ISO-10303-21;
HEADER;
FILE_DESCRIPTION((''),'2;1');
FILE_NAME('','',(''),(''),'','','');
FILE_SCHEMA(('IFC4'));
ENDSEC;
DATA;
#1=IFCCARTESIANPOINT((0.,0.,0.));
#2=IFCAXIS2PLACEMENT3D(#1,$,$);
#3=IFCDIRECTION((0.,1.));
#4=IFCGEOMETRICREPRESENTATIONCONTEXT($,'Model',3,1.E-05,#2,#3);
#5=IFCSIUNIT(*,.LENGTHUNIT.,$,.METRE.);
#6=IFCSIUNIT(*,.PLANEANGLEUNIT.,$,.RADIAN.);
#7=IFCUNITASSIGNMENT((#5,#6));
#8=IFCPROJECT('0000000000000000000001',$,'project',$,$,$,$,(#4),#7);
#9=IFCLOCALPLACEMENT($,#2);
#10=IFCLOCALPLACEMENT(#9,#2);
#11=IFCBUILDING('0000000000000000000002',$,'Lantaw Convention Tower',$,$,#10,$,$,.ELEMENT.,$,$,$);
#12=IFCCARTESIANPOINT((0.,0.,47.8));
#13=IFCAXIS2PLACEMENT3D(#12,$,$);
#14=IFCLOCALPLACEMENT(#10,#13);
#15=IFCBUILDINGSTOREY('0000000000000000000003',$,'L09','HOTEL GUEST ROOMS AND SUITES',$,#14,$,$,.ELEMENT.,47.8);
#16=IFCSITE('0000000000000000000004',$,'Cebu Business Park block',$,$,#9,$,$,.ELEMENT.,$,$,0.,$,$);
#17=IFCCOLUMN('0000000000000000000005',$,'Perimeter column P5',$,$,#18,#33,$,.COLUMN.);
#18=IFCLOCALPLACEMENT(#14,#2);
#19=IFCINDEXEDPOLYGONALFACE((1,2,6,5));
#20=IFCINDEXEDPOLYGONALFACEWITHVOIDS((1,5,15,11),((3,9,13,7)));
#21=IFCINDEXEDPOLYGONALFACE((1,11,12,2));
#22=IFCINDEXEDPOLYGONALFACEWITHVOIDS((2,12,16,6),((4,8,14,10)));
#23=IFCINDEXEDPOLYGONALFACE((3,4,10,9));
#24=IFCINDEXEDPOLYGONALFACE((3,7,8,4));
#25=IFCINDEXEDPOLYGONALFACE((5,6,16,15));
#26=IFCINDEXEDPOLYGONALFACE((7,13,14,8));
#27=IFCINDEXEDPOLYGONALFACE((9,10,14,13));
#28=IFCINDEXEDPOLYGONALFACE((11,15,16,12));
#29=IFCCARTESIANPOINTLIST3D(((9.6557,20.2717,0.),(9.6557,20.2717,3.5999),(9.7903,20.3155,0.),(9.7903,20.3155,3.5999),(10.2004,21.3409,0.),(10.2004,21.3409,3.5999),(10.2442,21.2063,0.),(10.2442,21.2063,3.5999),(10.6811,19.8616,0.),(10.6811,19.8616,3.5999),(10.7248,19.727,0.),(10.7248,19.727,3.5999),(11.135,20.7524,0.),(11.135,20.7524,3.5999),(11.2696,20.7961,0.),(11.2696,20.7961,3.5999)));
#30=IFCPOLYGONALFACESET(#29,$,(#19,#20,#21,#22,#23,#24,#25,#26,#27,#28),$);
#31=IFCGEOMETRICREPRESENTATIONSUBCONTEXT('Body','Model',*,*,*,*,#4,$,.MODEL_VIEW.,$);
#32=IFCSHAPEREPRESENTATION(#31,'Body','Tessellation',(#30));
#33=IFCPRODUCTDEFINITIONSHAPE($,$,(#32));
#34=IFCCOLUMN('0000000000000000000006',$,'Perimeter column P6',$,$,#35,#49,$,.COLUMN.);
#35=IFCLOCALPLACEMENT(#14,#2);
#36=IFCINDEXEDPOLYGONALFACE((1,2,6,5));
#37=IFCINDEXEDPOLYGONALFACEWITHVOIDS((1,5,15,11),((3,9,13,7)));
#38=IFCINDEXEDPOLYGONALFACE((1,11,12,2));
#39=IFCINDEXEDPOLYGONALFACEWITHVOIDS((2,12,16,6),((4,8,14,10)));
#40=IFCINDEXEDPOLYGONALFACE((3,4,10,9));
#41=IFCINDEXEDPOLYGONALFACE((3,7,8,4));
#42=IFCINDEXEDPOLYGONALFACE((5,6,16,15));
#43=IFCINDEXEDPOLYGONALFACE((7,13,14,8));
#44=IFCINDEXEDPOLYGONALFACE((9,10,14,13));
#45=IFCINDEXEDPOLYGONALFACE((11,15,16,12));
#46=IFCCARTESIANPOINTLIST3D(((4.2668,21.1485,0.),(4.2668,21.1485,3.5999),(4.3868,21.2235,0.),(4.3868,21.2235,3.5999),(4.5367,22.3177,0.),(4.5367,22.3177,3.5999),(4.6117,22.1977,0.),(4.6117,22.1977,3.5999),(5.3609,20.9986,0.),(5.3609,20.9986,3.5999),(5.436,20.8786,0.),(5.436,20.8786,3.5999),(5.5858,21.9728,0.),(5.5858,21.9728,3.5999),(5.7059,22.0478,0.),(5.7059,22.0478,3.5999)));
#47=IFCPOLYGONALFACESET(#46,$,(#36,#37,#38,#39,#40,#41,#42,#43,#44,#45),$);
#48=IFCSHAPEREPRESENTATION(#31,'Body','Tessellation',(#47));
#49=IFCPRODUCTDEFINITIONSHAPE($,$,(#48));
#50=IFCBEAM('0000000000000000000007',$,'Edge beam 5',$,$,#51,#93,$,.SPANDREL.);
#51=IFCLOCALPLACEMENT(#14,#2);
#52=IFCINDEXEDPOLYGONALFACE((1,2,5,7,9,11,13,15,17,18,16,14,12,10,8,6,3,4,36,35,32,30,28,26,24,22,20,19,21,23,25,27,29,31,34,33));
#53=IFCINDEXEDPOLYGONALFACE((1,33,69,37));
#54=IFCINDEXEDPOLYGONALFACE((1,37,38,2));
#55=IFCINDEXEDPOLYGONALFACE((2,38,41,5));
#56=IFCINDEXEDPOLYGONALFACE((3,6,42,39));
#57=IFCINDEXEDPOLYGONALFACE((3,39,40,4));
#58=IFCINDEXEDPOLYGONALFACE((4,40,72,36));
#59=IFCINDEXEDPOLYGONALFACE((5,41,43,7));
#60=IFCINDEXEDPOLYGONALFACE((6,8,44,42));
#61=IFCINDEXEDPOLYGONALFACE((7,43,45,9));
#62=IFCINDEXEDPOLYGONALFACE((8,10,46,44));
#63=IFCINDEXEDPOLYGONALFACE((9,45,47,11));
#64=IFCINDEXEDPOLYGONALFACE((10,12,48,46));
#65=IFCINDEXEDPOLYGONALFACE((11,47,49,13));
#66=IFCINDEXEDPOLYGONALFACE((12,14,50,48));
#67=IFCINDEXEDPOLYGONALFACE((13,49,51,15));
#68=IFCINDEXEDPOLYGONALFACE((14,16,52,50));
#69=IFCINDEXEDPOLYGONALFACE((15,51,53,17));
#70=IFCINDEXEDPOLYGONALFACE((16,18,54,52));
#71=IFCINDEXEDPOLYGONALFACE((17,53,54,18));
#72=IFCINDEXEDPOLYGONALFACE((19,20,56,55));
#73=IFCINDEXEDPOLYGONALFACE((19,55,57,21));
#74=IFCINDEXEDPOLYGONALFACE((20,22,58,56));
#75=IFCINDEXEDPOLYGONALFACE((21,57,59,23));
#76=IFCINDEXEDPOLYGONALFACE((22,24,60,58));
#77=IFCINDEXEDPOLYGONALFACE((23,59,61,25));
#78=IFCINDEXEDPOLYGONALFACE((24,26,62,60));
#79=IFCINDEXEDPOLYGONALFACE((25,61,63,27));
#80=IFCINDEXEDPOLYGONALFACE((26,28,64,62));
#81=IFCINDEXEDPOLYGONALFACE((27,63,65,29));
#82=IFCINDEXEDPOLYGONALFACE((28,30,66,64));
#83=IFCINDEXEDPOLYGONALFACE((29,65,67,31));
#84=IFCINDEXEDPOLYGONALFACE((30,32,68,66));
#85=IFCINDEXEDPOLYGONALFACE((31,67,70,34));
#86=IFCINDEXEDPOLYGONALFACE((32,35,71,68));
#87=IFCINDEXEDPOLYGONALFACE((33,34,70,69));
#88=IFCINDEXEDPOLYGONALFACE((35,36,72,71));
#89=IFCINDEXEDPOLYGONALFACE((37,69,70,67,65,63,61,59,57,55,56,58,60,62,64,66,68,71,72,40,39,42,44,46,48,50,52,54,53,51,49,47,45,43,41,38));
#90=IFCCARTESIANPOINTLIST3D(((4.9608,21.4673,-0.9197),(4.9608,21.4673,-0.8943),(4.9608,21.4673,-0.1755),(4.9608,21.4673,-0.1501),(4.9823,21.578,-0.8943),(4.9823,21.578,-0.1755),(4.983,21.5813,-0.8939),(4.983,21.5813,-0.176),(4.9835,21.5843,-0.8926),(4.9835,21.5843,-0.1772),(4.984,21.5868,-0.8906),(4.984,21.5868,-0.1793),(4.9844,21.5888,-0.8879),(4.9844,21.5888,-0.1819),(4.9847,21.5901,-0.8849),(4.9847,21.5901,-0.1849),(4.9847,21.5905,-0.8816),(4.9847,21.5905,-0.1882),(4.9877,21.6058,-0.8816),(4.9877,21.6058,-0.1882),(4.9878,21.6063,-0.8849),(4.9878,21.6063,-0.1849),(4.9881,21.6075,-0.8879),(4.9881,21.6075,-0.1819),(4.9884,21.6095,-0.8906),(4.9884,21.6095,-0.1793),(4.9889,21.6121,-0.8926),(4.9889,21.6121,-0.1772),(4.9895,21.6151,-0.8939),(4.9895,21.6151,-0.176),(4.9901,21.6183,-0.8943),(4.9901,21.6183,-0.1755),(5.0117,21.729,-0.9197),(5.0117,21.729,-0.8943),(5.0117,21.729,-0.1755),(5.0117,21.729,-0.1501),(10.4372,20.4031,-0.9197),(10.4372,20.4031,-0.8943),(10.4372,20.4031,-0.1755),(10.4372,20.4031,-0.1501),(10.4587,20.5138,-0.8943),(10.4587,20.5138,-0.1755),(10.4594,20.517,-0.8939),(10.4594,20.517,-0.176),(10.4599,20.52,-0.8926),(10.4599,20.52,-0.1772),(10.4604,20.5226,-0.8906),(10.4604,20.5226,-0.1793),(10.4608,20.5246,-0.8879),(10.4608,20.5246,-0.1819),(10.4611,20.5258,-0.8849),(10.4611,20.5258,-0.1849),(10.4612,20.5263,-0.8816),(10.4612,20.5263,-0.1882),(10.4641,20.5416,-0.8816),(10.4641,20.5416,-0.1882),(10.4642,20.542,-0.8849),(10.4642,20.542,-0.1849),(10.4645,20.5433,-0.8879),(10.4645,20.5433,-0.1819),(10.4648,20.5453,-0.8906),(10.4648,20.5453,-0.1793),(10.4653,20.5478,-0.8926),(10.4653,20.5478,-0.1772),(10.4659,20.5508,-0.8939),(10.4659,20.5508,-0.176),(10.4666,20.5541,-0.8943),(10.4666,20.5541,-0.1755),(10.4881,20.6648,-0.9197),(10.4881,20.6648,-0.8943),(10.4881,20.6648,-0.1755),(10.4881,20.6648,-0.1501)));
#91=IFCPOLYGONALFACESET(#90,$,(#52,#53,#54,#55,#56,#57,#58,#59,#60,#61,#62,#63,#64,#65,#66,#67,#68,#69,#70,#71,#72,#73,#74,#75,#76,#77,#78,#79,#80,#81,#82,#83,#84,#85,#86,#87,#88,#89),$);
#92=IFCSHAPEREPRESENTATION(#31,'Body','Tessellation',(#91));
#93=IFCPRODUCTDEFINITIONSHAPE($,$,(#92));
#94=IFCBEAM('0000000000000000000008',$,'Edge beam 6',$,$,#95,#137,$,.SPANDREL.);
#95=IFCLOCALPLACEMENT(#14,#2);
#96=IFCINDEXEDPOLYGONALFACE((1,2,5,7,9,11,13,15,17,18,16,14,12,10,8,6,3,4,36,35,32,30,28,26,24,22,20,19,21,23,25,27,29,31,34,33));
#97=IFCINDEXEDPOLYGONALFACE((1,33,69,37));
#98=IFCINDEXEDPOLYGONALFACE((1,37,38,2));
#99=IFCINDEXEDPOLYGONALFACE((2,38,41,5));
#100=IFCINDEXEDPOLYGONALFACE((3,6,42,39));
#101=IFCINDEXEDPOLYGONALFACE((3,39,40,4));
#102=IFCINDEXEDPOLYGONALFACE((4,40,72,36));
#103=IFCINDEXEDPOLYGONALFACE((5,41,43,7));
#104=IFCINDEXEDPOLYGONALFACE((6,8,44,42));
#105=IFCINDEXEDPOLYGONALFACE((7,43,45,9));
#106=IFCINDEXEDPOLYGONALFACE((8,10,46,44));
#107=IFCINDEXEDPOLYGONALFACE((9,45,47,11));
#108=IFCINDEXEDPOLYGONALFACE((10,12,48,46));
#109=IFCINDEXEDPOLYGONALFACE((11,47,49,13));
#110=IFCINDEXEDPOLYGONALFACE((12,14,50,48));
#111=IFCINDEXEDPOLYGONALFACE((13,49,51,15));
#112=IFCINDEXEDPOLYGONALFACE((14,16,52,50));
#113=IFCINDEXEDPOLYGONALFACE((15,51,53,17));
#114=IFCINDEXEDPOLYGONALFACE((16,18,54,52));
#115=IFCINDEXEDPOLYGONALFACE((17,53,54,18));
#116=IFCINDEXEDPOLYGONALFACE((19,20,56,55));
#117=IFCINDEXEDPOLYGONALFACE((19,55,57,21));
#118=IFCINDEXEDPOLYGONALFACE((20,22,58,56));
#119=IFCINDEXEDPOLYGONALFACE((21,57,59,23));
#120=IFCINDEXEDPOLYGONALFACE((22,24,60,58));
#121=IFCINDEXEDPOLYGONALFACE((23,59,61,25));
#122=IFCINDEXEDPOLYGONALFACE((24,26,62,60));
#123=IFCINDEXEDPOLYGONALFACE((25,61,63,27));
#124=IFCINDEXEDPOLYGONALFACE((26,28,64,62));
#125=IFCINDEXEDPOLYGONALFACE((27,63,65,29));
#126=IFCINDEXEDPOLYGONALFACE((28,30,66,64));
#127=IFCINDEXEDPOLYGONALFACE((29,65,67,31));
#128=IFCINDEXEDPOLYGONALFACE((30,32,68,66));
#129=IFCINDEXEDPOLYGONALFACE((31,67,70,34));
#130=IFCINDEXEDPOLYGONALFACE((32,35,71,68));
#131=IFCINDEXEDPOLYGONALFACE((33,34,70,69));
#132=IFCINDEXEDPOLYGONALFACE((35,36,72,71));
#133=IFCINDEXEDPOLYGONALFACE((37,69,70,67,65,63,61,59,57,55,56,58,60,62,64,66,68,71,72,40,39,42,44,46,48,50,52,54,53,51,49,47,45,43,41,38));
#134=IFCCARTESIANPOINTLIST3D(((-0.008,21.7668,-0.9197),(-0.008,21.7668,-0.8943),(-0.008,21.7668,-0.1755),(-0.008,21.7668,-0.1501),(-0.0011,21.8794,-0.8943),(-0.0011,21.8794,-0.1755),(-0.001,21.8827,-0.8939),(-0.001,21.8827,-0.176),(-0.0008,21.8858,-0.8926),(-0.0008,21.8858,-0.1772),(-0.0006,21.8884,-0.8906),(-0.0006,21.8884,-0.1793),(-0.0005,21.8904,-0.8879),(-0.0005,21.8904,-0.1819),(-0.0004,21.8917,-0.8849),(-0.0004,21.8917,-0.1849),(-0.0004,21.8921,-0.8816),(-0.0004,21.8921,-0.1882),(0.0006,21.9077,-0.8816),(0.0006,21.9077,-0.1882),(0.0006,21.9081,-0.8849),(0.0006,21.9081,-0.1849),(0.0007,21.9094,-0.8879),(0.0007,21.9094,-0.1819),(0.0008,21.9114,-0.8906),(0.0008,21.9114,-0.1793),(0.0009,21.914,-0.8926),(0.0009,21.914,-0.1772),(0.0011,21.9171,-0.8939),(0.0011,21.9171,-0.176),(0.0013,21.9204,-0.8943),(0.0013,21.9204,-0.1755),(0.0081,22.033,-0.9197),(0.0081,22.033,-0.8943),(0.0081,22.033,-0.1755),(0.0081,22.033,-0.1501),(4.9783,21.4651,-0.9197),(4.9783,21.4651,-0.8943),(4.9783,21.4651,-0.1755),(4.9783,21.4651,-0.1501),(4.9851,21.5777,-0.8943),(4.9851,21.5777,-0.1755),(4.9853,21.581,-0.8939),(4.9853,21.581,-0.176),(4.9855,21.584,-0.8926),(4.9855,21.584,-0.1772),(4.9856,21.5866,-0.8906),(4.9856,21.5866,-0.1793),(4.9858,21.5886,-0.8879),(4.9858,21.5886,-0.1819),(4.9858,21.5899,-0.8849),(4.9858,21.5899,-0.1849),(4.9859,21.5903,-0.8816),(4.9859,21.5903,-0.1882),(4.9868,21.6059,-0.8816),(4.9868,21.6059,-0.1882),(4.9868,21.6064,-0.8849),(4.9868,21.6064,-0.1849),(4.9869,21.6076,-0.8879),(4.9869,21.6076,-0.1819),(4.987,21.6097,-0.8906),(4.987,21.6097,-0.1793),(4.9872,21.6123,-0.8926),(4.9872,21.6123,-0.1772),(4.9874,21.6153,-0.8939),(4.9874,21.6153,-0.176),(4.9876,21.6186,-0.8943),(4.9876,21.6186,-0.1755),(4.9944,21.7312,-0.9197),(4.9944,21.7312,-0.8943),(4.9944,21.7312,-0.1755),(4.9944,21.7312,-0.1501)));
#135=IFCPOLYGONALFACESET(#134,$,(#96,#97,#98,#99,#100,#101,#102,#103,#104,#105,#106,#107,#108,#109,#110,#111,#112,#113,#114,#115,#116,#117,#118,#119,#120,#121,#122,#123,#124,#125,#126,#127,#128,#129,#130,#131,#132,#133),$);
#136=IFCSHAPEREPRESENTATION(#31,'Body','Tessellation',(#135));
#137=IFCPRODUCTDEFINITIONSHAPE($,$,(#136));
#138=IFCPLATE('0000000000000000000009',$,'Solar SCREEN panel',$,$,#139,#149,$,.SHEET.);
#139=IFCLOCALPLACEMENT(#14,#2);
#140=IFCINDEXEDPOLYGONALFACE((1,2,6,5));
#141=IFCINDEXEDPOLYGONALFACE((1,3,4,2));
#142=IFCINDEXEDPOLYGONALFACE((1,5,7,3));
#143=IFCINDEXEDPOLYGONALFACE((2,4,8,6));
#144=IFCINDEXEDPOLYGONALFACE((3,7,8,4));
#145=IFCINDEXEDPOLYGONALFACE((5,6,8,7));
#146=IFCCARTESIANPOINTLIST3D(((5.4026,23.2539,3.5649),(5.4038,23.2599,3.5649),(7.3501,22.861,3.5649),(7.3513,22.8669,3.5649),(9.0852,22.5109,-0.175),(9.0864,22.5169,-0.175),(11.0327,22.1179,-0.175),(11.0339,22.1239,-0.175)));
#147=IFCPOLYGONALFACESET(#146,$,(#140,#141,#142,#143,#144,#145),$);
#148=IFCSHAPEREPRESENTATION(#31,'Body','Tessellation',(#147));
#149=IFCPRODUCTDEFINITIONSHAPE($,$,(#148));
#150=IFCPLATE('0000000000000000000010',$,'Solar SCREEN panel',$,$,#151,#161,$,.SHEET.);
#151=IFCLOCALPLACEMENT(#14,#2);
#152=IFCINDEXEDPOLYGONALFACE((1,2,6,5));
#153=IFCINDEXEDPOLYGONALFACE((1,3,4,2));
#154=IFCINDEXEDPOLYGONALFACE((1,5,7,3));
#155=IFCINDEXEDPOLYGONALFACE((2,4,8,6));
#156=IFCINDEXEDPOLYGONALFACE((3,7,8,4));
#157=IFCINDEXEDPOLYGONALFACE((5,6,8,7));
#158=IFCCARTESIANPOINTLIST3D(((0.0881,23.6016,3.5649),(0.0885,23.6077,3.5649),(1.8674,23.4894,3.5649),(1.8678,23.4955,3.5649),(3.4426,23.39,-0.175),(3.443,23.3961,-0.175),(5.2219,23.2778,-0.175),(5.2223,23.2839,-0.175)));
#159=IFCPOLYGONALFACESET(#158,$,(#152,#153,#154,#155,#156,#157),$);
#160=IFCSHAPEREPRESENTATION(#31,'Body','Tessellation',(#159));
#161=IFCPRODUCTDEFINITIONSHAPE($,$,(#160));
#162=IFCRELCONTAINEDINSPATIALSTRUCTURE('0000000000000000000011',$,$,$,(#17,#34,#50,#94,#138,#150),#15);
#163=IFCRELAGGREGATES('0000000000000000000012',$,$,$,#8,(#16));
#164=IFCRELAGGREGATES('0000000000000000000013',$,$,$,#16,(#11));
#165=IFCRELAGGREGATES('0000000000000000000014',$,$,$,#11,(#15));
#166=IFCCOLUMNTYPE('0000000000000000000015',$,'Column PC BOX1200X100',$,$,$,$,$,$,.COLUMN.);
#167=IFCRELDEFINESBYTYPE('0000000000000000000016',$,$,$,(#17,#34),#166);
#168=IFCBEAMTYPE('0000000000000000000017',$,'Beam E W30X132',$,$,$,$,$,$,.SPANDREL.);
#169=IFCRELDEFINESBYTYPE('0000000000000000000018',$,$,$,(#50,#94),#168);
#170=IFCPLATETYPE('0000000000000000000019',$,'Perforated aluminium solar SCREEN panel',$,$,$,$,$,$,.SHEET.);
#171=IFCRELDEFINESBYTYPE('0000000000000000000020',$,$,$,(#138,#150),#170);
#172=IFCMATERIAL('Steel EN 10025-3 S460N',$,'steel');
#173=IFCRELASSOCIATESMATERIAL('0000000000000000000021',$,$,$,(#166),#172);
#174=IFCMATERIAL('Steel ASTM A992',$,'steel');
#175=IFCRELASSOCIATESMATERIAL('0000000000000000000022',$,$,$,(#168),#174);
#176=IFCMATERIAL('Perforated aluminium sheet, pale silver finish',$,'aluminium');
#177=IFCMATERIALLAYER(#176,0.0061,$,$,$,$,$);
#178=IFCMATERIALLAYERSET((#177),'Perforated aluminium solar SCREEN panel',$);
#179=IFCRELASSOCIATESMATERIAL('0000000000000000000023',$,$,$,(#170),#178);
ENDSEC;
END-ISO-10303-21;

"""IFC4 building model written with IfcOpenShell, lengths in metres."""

from ifc_helpers import new_model, si_unit, direction, frame, origin, origin_2d, place, context, subcontext, project, spatial, polyline, rectangle, hollow_rectangle, i_section, outline, extrude, material, layer, layer_set, material_profile, profile_set, type_object, element, save


model = new_model("IFC4")

# Units and contexts
model_context = context("Model", 3, precision=1e-05, world=origin(), true_north=direction((0.0, 1.0)))
body_context = subcontext(model_context, "Body", "Model", "MODEL_VIEW")
ifc_project = project(units=[si_unit("LENGTHUNIT", "METRE"), si_unit("PLANEANGLEUNIT", "RADIAN")], contexts=[model_context])

# Site, building, storey
site_placement = place(None, origin())
site = spatial("IfcSite", under=ifc_project, at=site_placement, Name="Cebu Business Park block", CompositionType="ELEMENT", RefElevation=0.0)
building_placement = place(site_placement, origin())
building = spatial("IfcBuilding", under=site, at=building_placement, Name="Lantaw Convention Tower", CompositionType="ELEMENT")
storey_placement = place(building_placement, frame((0.0, 0.0, 47.8)))
storey = spatial("IfcBuildingStorey", under=building, at=storey_placement, Name="L09", Description="HOTEL GUEST ROOMS AND SUITES", CompositionType="ELEMENT", Elevation=47.8)

# Columns
ifc_material_1 = material(Name="Steel EN 10025-3 S460N", Category="steel")
ifc_material_profile_1 = material_profile(ifc_material_1, hollow_rectangle(XDim=1.2, YDim=1.2, WallThickness=0.1001, at=origin_2d()), Name="BOX1200X100")
ifc_material_2 = material(Name="Concrete C60/75", Category="concrete")
ifc_material_profile_2 = material_profile(ifc_material_2, rectangle(XDim=1.0, YDim=1.0, at=origin_2d()), Name="Concrete fill of BOX1200X100")
ifc_profile_set_1 = profile_set([ifc_material_profile_1, ifc_material_profile_2], Name="Steel EN 10025-3 S460N")
column_type = type_object("IfcColumnType", Name="Column PC BOX1200X100", PredefinedType="COLUMN", material=ifc_profile_set_1)
for number, where, z_axis, x_axis, name in (
    (1, (10.4626, 20.5339, 0.0), (0.0, 0.0, 1.0), (0.45399, 0.891007, 0.0), "Perimeter column P5"),
    (2, (4.9863, 21.5981, 0.0), (0.0, 0.0, 1.0), (0.224951, 0.97437, 0.0), "Perimeter column P6"),
):
    element("IfcColumn", number, at=place(storey_placement, frame(where, z_axis=z_axis, x_axis=x_axis)), inside=storey, type_object=column_type, Name=name, PredefinedType="COLUMN", context=body_context, shape_type="SweptSolid", body=[
        extrude(hollow_rectangle(XDim=1.2, YDim=1.2, WallThickness=0.1001, at=origin_2d()), origin(), (0.0, 0.0, 1.0), 3.5999),
    ])

# Beams
ifc_material_3 = material(Name="Steel ASTM A992", Category="steel")
ifc_material_profile_3 = material_profile(ifc_material_3, i_section(OverallWidth=0.2666, OverallDepth=0.7695, WebThickness=0.0156, FlangeThickness=0.0254, FilletRadius=0.0127, at=origin_2d()), Name="W30X132")
ifc_profile_set_2 = profile_set([ifc_material_profile_3], Name="Steel ASTM A992")
beam_type = type_object("IfcBeamType", Name="Beam E W30X132", PredefinedType="SPANDREL", material=ifc_profile_set_2)
beam_1_placement = place(storey_placement, frame((10.4626, 20.5339, -0.5349), z_axis=(-0.981637, 0.190761, 0.0), x_axis=(-0.190761, -0.981637, 0.0)))
element("IfcBeam", 3, at=beam_1_placement, inside=storey, type_object=beam_type, Name="Edge beam 5", PredefinedType="SPANDREL", context=body_context, shape_type="SweptSolid", body=[
    extrude(i_section(OverallWidth=0.2666, OverallDepth=0.7695, WebThickness=0.0156, FlangeThickness=0.0254, FilletRadius=0.0127, at=origin_2d()), origin(), (0.0, 0.0, 1.0), 5.5789),
])
beam_2_placement = place(storey_placement, frame((4.9863, 21.5981, -0.5349), z_axis=(-0.998174, 0.060407, 0.0), x_axis=(-0.060407, -0.998174, 0.0)))
element("IfcBeam", 4, at=beam_2_placement, inside=storey, type_object=beam_type, Name="Edge beam 6", PredefinedType="SPANDREL", context=body_context, shape_type="SweptSolid", body=[
    extrude(i_section(OverallWidth=0.2666, OverallDepth=0.7695, WebThickness=0.0156, FlangeThickness=0.0254, FilletRadius=0.0127, at=origin_2d()), origin(), (0.0, 0.0, 1.0), 4.9954),
])

# Plates
ifc_material_4 = material(Name="Perforated aluminium sheet, pale silver finish", Category="aluminium")
ifc_layer_1 = layer(ifc_material_4, 0.0061)
ifc_layer_set_1 = layer_set([ifc_layer_1], Name="Perforated aluminium solar SCREEN panel")
plate_type = type_object("IfcPlateType", Name="Perforated aluminium solar SCREEN panel", PredefinedType="SHEET", material=ifc_layer_set_1)
plate_1_placement = place(storey_placement, frame((11.0327, 22.1179, -0.175), z_axis=(-0.197782, -0.980246, 0.000002), x_axis=(-0.980246, 0.197782, 0.0)))
element("IfcPlate", 5, at=plate_1_placement, inside=storey, type_object=plate_type, Name="Solar SCREEN panel", PredefinedType="SHEET", context=body_context, shape_type="SweptSolid", body=[
    extrude(outline(polyline([(0.0, 0.0), (1.9868, 0.0), (5.7436, -3.74), (3.7569, -3.74), (0.0, 0.0)])), origin(), (0.0, 0.0, -1.0), 0.0061),
])
plate_2_placement = place(storey_placement, frame((5.2219, 23.2778, -0.175), z_axis=(-0.062924, -0.998018, 0.000014), x_axis=(-0.998018, 0.062924, 0.0)))
element("IfcPlate", 6, at=plate_2_placement, inside=storey, type_object=plate_type, Name="Solar SCREEN panel", PredefinedType="SHEET", context=body_context, shape_type="SweptSolid", body=[
    extrude(outline(polyline([(0.0, 0.0), (1.7828, 0.0), (5.144, -3.74), (3.3612, -3.74), (0.0, 0.0)])), origin(), (0.0, 0.0, -1.0), 0.0061),
])

save(model, "model.ifc")
